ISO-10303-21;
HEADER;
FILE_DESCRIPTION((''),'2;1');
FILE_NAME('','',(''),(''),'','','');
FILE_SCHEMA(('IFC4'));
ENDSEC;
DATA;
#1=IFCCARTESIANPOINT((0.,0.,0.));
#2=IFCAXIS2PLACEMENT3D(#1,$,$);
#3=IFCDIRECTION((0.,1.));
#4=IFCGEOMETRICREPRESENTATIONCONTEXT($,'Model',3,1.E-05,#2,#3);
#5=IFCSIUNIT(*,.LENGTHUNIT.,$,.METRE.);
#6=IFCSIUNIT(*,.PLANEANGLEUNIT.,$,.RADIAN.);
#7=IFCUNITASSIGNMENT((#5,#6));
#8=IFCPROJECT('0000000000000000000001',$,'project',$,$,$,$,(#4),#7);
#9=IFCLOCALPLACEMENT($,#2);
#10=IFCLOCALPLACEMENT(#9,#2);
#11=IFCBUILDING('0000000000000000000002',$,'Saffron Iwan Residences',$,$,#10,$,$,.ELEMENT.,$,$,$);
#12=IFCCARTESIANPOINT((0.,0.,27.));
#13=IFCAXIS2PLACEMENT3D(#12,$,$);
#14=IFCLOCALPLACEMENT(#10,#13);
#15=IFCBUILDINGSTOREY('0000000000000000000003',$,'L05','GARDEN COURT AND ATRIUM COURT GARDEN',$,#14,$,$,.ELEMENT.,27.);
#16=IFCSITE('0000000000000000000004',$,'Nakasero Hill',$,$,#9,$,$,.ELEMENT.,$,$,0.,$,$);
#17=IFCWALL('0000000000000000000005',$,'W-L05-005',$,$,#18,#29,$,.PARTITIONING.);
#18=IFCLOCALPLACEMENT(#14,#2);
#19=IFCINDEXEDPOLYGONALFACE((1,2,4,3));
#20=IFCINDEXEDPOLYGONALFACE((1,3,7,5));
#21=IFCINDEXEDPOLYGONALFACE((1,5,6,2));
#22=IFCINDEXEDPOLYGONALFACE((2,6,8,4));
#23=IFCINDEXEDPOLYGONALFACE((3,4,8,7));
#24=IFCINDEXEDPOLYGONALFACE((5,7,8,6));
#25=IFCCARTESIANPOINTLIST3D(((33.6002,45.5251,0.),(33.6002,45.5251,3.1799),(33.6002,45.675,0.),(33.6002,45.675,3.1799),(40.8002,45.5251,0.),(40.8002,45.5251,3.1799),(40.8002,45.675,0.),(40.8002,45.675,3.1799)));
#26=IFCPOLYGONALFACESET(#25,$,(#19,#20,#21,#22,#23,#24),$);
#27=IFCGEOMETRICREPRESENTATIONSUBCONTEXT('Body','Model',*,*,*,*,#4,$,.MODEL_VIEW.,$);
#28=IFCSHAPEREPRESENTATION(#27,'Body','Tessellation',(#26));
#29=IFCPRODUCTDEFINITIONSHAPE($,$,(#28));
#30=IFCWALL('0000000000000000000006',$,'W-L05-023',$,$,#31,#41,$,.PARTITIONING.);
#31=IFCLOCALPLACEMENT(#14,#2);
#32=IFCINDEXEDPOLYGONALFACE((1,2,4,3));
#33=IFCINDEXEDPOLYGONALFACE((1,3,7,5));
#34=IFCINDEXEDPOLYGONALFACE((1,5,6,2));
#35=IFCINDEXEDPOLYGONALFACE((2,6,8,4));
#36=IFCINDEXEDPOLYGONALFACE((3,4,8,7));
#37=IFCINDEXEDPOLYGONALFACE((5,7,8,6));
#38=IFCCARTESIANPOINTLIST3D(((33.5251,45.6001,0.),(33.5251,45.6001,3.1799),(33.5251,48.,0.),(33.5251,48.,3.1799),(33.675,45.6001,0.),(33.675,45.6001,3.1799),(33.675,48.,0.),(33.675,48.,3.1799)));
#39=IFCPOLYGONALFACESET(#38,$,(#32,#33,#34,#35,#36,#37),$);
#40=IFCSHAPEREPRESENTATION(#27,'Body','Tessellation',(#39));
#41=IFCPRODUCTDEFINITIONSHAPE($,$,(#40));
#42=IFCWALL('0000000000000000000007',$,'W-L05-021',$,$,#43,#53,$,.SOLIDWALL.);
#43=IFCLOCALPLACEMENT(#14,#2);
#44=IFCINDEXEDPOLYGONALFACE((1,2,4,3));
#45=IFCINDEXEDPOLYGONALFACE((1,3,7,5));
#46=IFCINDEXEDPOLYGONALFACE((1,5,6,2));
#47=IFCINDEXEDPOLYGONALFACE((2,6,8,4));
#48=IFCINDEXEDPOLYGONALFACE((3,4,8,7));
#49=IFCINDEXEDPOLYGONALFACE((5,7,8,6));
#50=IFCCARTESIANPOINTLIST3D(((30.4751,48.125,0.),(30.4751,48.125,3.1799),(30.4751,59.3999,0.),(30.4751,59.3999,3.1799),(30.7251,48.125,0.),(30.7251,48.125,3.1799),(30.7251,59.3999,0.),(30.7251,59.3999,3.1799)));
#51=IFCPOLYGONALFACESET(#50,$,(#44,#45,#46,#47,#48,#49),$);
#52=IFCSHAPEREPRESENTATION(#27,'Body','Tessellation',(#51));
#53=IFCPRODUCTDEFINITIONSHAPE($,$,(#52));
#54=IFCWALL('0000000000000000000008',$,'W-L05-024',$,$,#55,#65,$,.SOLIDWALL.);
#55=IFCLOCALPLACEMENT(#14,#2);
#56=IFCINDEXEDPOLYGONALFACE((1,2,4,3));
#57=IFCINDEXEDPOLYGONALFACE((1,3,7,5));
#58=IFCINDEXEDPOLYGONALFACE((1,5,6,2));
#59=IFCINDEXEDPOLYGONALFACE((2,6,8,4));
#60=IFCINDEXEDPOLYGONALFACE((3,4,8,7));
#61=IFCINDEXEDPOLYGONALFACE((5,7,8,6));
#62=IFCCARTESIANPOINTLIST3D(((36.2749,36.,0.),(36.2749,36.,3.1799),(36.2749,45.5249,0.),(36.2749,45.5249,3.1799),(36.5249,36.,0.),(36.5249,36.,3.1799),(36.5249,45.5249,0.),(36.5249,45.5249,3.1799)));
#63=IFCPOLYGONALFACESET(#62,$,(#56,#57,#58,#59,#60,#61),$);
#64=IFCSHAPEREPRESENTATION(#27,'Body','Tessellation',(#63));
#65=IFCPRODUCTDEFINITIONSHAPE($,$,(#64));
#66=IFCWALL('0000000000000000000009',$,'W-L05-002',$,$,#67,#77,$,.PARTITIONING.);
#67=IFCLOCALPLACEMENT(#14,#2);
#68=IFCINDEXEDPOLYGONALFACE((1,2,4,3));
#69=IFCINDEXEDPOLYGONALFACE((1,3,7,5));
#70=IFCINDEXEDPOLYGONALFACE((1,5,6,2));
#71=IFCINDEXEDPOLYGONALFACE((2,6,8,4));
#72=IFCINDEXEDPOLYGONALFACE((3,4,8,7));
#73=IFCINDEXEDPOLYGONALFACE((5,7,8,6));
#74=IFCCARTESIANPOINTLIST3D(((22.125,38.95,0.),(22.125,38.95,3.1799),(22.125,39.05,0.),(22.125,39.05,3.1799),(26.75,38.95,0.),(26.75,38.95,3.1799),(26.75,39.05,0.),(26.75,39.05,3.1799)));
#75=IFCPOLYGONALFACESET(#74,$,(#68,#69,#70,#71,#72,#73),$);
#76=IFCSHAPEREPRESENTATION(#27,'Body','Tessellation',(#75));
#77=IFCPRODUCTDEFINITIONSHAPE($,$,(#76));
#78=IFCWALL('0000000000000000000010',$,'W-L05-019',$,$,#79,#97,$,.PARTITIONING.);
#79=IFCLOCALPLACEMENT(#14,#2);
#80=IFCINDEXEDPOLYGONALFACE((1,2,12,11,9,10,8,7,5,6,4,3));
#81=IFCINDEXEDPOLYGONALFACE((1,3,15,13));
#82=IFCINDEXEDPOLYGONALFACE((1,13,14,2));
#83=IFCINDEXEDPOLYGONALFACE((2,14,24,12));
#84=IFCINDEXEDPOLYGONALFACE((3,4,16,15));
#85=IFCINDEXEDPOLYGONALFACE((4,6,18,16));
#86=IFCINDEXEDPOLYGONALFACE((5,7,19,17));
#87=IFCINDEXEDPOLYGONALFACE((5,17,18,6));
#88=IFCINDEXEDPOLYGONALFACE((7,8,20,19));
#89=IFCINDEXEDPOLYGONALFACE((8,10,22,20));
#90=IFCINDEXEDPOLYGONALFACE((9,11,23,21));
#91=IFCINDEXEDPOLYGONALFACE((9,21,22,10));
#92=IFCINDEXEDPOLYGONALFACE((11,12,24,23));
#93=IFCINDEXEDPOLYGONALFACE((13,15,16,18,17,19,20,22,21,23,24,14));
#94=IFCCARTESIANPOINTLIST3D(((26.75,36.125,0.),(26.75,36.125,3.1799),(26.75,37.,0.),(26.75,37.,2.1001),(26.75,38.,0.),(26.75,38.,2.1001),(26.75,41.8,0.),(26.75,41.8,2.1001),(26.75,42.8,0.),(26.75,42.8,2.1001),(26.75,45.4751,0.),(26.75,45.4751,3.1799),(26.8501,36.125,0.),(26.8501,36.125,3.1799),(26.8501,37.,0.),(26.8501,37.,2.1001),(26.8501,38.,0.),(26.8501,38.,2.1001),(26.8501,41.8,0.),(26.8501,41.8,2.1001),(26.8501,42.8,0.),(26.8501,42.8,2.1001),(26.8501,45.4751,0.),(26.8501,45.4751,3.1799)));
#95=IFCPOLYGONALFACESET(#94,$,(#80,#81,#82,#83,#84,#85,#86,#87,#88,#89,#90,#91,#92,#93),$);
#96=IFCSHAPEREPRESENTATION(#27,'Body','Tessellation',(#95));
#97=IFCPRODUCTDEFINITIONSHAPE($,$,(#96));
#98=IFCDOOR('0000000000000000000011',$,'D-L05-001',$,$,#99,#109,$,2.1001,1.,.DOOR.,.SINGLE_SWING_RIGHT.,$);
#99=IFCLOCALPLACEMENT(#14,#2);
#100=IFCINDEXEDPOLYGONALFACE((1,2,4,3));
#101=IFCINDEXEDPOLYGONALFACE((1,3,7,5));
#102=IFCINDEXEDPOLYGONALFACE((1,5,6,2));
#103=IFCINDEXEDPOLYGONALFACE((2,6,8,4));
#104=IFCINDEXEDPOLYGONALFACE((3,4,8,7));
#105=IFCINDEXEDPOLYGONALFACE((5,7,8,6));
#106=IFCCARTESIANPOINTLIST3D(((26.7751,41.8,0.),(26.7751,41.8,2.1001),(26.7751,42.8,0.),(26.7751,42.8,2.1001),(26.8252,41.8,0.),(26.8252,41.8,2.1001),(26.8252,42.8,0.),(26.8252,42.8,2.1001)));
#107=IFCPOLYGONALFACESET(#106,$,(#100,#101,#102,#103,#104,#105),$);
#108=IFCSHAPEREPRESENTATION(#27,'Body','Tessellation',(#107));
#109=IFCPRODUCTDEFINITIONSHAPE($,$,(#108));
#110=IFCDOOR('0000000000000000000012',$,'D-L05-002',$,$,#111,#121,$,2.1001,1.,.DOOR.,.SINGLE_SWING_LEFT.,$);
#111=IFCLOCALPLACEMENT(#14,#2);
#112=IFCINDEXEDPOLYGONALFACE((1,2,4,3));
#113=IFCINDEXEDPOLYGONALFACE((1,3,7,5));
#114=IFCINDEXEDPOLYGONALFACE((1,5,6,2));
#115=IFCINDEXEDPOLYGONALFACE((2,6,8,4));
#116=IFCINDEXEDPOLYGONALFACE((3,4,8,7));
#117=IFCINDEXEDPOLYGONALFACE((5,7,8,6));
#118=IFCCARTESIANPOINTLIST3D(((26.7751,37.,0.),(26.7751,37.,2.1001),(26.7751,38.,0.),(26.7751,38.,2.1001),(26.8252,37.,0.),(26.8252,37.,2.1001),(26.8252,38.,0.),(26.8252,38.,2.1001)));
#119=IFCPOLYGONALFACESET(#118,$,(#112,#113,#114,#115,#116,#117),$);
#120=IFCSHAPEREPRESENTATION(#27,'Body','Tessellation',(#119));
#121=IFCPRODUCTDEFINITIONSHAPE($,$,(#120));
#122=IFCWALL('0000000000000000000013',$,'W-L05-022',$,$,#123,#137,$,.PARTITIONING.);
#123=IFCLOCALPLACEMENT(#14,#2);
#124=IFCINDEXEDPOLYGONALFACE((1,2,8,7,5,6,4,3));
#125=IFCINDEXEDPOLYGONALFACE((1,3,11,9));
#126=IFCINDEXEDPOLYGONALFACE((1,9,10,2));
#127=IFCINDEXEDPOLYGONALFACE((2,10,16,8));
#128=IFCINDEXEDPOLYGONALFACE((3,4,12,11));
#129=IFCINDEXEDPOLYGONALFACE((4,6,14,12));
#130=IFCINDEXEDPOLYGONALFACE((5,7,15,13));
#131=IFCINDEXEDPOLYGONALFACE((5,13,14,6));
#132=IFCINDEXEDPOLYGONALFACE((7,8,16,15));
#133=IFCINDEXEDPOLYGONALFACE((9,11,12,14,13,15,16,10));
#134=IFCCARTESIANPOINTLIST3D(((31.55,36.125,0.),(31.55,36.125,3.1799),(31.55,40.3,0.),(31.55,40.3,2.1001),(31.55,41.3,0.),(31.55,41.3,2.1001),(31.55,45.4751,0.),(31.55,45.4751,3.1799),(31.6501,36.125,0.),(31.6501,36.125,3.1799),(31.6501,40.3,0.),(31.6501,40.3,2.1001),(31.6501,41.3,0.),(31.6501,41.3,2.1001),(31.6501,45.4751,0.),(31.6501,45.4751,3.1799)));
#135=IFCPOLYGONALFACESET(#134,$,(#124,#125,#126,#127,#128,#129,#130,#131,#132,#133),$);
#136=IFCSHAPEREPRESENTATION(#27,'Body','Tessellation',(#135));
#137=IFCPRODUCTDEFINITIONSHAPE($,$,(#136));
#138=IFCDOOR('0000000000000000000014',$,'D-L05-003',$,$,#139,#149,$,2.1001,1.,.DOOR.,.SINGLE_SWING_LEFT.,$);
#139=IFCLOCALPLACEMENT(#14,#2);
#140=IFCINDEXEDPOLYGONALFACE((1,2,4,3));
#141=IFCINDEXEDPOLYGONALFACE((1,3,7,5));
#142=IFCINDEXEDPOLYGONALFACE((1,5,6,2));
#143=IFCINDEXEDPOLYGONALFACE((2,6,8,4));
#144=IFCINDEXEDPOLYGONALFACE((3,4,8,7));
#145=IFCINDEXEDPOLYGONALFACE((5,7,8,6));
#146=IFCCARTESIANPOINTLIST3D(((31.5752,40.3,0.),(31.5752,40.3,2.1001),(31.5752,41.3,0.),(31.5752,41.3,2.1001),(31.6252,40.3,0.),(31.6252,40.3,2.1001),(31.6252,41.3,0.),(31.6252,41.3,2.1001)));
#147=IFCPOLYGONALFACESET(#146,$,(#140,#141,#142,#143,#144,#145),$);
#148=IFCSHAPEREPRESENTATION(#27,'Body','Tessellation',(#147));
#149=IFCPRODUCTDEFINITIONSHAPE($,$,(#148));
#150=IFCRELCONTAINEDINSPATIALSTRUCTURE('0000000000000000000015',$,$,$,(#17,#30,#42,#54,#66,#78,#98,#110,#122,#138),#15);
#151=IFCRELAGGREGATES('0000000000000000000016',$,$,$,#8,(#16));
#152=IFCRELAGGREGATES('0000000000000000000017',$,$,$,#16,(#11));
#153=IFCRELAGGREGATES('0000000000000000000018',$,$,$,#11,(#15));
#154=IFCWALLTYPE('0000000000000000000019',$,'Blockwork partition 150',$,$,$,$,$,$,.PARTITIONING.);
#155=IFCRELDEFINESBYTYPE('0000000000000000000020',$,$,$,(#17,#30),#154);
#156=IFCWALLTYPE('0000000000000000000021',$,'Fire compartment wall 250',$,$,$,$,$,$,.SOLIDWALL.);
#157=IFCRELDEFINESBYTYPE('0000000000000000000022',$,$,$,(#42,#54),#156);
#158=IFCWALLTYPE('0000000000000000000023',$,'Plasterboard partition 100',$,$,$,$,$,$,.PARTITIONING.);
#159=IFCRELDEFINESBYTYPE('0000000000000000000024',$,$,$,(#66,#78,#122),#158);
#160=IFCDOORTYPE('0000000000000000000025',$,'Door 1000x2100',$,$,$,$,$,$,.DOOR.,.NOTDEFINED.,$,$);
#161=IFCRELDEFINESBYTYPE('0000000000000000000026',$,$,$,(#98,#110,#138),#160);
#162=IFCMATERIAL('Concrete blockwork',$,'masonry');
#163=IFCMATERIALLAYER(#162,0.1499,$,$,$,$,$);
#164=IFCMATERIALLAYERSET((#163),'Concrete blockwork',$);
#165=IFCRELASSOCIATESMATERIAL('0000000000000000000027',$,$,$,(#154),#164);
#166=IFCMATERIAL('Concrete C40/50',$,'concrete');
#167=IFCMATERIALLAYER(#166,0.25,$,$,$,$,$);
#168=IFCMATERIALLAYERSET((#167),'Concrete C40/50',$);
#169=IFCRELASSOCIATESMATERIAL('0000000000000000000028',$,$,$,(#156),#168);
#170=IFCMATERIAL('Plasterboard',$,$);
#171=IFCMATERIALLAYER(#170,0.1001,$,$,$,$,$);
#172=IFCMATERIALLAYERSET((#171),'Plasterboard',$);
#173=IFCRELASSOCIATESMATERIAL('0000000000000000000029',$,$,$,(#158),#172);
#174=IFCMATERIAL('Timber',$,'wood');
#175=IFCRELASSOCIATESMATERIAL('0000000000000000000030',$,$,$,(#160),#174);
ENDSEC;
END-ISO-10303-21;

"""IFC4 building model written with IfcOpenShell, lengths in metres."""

from ifc_helpers import new_model, si_unit, direction, frame, frame_2d, origin, place, context, subcontext, project, spatial, rectangle, extrude, material, layer, layer_set, type_object, element, fill, save


model = new_model("IFC4")

# Units and contexts
model_context = context("Model", 3, precision=1e-05, world=origin(), true_north=direction((0.0, 1.0)))
body_context = subcontext(model_context, "Body", "Model", "MODEL_VIEW")
ifc_project = project(units=[si_unit("LENGTHUNIT", "METRE"), si_unit("PLANEANGLEUNIT", "RADIAN")], contexts=[model_context])

# Site, building, storey
site_placement = place(None, origin())
site = spatial("IfcSite", under=ifc_project, at=site_placement, Name="Nakasero Hill", CompositionType="ELEMENT", RefElevation=0.0)
building_placement = place(site_placement, origin())
building = spatial("IfcBuilding", under=site, at=building_placement, Name="Saffron Iwan Residences", CompositionType="ELEMENT")
storey_placement = place(building_placement, frame((0.0, 0.0, 27.0)))
storey = spatial("IfcBuildingStorey", under=building, at=storey_placement, Name="L05", Description="GARDEN COURT AND ATRIUM COURT GARDEN", CompositionType="ELEMENT", Elevation=27.0)

# Walls
ifc_material_1 = material(Name="Concrete blockwork", Category="masonry")
ifc_layer_1 = layer(ifc_material_1, 0.1499)
ifc_layer_set_1 = layer_set([ifc_layer_1], Name="Concrete blockwork")
wall_type_1 = type_object("IfcWallType", Name="Blockwork partition 150", PredefinedType="PARTITIONING", material=ifc_layer_set_1)
wall_1_placement = place(storey_placement, frame((33.6001, 45.6001, 0.0), z_axis=(0.0, 0.0, 1.0), x_axis=(1.0, 0.0, 0.0)))
element("IfcWall", 1, at=wall_1_placement, inside=storey, type_object=wall_type_1, Name="W-L05-005", PredefinedType="PARTITIONING", context=body_context, shape_type="SweptSolid", body=[
    extrude(rectangle(XDim=7.2, YDim=0.1499, at=frame_2d((3.6001, 0.0))), origin(), (0.0, 0.0, 1.0), 3.1799),
])
wall_2_placement = place(storey_placement, frame((33.6001, 45.6001, 0.0), z_axis=(0.0, 0.0, 1.0), x_axis=(0.0, 1.0, 0.0)))
element("IfcWall", 2, at=wall_2_placement, inside=storey, type_object=wall_type_1, Name="W-L05-023", PredefinedType="PARTITIONING", context=body_context, shape_type="SweptSolid", body=[
    extrude(rectangle(XDim=2.3999, YDim=0.1499, at=frame_2d((1.2, 0.0))), origin(), (0.0, 0.0, 1.0), 3.1799),
])
ifc_material_2 = material(Name="Concrete C40/50", Category="concrete")
ifc_layer_2 = layer(ifc_material_2, 0.25)
ifc_layer_set_2 = layer_set([ifc_layer_2], Name="Concrete C40/50")
wall_type_2 = type_object("IfcWallType", Name="Fire compartment wall 250", PredefinedType="SOLIDWALL", material=ifc_layer_set_2)
wall_3_placement = place(storey_placement, frame((30.6001, 48.125, 0.0), z_axis=(0.0, 0.0, 1.0), x_axis=(0.0, 1.0, 0.0)))
element("IfcWall", 3, at=wall_3_placement, inside=storey, type_object=wall_type_2, Name="W-L05-021", PredefinedType="SOLIDWALL", context=body_context, shape_type="SweptSolid", body=[
    extrude(rectangle(XDim=11.2749, YDim=0.25, at=frame_2d((5.6375, 0.0))), origin(), (0.0, 0.0, 1.0), 3.1799),
])
wall_4_placement = place(storey_placement, frame((36.3999, 36.0, 0.0), z_axis=(0.0, 0.0, 1.0), x_axis=(0.0, 1.0, 0.0)))
element("IfcWall", 4, at=wall_4_placement, inside=storey, type_object=wall_type_2, Name="W-L05-024", PredefinedType="SOLIDWALL", context=body_context, shape_type="SweptSolid", body=[
    extrude(rectangle(XDim=9.5249, YDim=0.25, at=frame_2d((4.7625, 0.0))), origin(), (0.0, 0.0, 1.0), 3.1799),
])
ifc_material_3 = material(Name="Plasterboard")
ifc_layer_3 = layer(ifc_material_3, 0.1001)
ifc_layer_set_3 = layer_set([ifc_layer_3], Name="Plasterboard")
wall_type_3 = type_object("IfcWallType", Name="Plasterboard partition 100", PredefinedType="PARTITIONING", material=ifc_layer_set_3)
wall_5_placement = place(storey_placement, frame((22.125, 39.0, 0.0), z_axis=(0.0, 0.0, 1.0), x_axis=(1.0, 0.0, 0.0)))
element("IfcWall", 5, at=wall_5_placement, inside=storey, type_object=wall_type_3, Name="W-L05-002", PredefinedType="PARTITIONING", context=body_context, shape_type="SweptSolid", body=[
    extrude(rectangle(XDim=4.625, YDim=0.1001, at=frame_2d((2.3125, 0.0))), origin(), (0.0, 0.0, 1.0), 3.1799),
])

# Wall, openings, doors
wall_6_placement = place(storey_placement, frame((26.8, 36.125, 0.0), z_axis=(0.0, 0.0, 1.0), x_axis=(0.0, 1.0, 0.0)))
wall_6 = element("IfcWall", 6, at=wall_6_placement, inside=storey, type_object=wall_type_3, Name="W-L05-019", PredefinedType="PARTITIONING", context=body_context, shape_type="SweptSolid", body=[
    extrude(rectangle(XDim=9.3501, YDim=0.1001, at=frame_2d((4.675, 0.0))), origin(), (0.0, 0.0, 1.0), 3.1799),
])
opening_1_placement = place(wall_6_placement, frame((5.675, 0.0, 0.0)))
opening_1 = element("IfcOpeningElement", 7, at=opening_1_placement, cuts=wall_6, PredefinedType="OPENING", context=body_context, shape_type="SweptSolid", body=[
    extrude(rectangle(XDim=1.0, YDim=2.1001, at=frame_2d((0.5, 1.05))), frame((0.0, 0.0601, 0.0), z_axis=(0.0, -1.0, 0.0), x_axis=(1.0, 0.0, 0.0)), (0.0, 0.0, 1.0), 0.1201),
])
opening_2_placement = place(wall_6_placement, frame((0.875, 0.0, 0.0)))
opening_2 = element("IfcOpeningElement", 8, at=opening_2_placement, cuts=wall_6, PredefinedType="OPENING", context=body_context, shape_type="SweptSolid", body=[
    extrude(rectangle(XDim=1.0, YDim=2.1001, at=frame_2d((0.5, 1.05))), frame((0.0, 0.0601, 0.0), z_axis=(0.0, -1.0, 0.0), x_axis=(1.0, 0.0, 0.0)), (0.0, 0.0, 1.0), 0.1201),
])
ifc_material_4 = material(Name="Timber", Category="wood")
door_type = type_object("IfcDoorType", Name="Door 1000x2100", OperationType="NOTDEFINED", PredefinedType="DOOR", material=ifc_material_4)
door_1_placement = place(opening_1_placement, origin())
door_1 = element("IfcDoor", 9, at=door_1_placement, inside=storey, type_object=door_type, Name="D-L05-001", OperationType="SINGLE_SWING_RIGHT", OverallHeight=2.1001, OverallWidth=1.0, PredefinedType="DOOR", context=body_context, shape_type="SweptSolid", body=[
    extrude(rectangle(XDim=1.0, YDim=2.1001, at=frame_2d((0.5, 1.05))), frame((0.0, 0.0249, 0.0), z_axis=(0.0, -1.0, 0.0), x_axis=(1.0, 0.0, 0.0)), (0.0, 0.0, 1.0), 0.05),
])
fill(opening_1, door_1)
door_2_placement = place(opening_2_placement, origin())
door_2 = element("IfcDoor", 10, at=door_2_placement, inside=storey, type_object=door_type, Name="D-L05-002", OperationType="SINGLE_SWING_LEFT", OverallHeight=2.1001, OverallWidth=1.0, PredefinedType="DOOR", context=body_context, shape_type="SweptSolid", body=[
    extrude(rectangle(XDim=1.0, YDim=2.1001, at=frame_2d((0.5, 1.05))), frame((0.0, 0.0249, 0.0), z_axis=(0.0, -1.0, 0.0), x_axis=(1.0, 0.0, 0.0)), (0.0, 0.0, 1.0), 0.05),
])
fill(opening_2, door_2)

# Wall, opening, door
wall_7_placement = place(storey_placement, frame((31.6001, 36.125, 0.0), z_axis=(0.0, 0.0, 1.0), x_axis=(0.0, 1.0, 0.0)))
wall_7 = element("IfcWall", 11, at=wall_7_placement, inside=storey, type_object=wall_type_3, Name="W-L05-022", PredefinedType="PARTITIONING", context=body_context, shape_type="SweptSolid", body=[
    extrude(rectangle(XDim=9.3501, YDim=0.1001, at=frame_2d((4.675, 0.0))), origin(), (0.0, 0.0, 1.0), 3.1799),
])
opening_3_placement = place(wall_7_placement, frame((4.175, 0.0, 0.0)))
opening_3 = element("IfcOpeningElement", 12, at=opening_3_placement, cuts=wall_7, PredefinedType="OPENING", context=body_context, shape_type="SweptSolid", body=[
    extrude(rectangle(XDim=1.0, YDim=2.1001, at=frame_2d((0.5, 1.05))), frame((0.0, 0.0601, 0.0), z_axis=(0.0, -1.0, 0.0), x_axis=(1.0, 0.0, 0.0)), (0.0, 0.0, 1.0), 0.1201),
])
door_3_placement = place(opening_3_placement, origin())
door_3 = element("IfcDoor", 13, at=door_3_placement, inside=storey, type_object=door_type, Name="D-L05-003", OperationType="SINGLE_SWING_LEFT", OverallHeight=2.1001, OverallWidth=1.0, PredefinedType="DOOR", context=body_context, shape_type="SweptSolid", body=[
    extrude(rectangle(XDim=1.0, YDim=2.1001, at=frame_2d((0.5, 1.05))), frame((0.0, 0.0249, 0.0), z_axis=(0.0, -1.0, 0.0), x_axis=(1.0, 0.0, 0.0)), (0.0, 0.0, 1.0), 0.05),
])
fill(opening_3, door_3)

save(model, "model.ifc")
